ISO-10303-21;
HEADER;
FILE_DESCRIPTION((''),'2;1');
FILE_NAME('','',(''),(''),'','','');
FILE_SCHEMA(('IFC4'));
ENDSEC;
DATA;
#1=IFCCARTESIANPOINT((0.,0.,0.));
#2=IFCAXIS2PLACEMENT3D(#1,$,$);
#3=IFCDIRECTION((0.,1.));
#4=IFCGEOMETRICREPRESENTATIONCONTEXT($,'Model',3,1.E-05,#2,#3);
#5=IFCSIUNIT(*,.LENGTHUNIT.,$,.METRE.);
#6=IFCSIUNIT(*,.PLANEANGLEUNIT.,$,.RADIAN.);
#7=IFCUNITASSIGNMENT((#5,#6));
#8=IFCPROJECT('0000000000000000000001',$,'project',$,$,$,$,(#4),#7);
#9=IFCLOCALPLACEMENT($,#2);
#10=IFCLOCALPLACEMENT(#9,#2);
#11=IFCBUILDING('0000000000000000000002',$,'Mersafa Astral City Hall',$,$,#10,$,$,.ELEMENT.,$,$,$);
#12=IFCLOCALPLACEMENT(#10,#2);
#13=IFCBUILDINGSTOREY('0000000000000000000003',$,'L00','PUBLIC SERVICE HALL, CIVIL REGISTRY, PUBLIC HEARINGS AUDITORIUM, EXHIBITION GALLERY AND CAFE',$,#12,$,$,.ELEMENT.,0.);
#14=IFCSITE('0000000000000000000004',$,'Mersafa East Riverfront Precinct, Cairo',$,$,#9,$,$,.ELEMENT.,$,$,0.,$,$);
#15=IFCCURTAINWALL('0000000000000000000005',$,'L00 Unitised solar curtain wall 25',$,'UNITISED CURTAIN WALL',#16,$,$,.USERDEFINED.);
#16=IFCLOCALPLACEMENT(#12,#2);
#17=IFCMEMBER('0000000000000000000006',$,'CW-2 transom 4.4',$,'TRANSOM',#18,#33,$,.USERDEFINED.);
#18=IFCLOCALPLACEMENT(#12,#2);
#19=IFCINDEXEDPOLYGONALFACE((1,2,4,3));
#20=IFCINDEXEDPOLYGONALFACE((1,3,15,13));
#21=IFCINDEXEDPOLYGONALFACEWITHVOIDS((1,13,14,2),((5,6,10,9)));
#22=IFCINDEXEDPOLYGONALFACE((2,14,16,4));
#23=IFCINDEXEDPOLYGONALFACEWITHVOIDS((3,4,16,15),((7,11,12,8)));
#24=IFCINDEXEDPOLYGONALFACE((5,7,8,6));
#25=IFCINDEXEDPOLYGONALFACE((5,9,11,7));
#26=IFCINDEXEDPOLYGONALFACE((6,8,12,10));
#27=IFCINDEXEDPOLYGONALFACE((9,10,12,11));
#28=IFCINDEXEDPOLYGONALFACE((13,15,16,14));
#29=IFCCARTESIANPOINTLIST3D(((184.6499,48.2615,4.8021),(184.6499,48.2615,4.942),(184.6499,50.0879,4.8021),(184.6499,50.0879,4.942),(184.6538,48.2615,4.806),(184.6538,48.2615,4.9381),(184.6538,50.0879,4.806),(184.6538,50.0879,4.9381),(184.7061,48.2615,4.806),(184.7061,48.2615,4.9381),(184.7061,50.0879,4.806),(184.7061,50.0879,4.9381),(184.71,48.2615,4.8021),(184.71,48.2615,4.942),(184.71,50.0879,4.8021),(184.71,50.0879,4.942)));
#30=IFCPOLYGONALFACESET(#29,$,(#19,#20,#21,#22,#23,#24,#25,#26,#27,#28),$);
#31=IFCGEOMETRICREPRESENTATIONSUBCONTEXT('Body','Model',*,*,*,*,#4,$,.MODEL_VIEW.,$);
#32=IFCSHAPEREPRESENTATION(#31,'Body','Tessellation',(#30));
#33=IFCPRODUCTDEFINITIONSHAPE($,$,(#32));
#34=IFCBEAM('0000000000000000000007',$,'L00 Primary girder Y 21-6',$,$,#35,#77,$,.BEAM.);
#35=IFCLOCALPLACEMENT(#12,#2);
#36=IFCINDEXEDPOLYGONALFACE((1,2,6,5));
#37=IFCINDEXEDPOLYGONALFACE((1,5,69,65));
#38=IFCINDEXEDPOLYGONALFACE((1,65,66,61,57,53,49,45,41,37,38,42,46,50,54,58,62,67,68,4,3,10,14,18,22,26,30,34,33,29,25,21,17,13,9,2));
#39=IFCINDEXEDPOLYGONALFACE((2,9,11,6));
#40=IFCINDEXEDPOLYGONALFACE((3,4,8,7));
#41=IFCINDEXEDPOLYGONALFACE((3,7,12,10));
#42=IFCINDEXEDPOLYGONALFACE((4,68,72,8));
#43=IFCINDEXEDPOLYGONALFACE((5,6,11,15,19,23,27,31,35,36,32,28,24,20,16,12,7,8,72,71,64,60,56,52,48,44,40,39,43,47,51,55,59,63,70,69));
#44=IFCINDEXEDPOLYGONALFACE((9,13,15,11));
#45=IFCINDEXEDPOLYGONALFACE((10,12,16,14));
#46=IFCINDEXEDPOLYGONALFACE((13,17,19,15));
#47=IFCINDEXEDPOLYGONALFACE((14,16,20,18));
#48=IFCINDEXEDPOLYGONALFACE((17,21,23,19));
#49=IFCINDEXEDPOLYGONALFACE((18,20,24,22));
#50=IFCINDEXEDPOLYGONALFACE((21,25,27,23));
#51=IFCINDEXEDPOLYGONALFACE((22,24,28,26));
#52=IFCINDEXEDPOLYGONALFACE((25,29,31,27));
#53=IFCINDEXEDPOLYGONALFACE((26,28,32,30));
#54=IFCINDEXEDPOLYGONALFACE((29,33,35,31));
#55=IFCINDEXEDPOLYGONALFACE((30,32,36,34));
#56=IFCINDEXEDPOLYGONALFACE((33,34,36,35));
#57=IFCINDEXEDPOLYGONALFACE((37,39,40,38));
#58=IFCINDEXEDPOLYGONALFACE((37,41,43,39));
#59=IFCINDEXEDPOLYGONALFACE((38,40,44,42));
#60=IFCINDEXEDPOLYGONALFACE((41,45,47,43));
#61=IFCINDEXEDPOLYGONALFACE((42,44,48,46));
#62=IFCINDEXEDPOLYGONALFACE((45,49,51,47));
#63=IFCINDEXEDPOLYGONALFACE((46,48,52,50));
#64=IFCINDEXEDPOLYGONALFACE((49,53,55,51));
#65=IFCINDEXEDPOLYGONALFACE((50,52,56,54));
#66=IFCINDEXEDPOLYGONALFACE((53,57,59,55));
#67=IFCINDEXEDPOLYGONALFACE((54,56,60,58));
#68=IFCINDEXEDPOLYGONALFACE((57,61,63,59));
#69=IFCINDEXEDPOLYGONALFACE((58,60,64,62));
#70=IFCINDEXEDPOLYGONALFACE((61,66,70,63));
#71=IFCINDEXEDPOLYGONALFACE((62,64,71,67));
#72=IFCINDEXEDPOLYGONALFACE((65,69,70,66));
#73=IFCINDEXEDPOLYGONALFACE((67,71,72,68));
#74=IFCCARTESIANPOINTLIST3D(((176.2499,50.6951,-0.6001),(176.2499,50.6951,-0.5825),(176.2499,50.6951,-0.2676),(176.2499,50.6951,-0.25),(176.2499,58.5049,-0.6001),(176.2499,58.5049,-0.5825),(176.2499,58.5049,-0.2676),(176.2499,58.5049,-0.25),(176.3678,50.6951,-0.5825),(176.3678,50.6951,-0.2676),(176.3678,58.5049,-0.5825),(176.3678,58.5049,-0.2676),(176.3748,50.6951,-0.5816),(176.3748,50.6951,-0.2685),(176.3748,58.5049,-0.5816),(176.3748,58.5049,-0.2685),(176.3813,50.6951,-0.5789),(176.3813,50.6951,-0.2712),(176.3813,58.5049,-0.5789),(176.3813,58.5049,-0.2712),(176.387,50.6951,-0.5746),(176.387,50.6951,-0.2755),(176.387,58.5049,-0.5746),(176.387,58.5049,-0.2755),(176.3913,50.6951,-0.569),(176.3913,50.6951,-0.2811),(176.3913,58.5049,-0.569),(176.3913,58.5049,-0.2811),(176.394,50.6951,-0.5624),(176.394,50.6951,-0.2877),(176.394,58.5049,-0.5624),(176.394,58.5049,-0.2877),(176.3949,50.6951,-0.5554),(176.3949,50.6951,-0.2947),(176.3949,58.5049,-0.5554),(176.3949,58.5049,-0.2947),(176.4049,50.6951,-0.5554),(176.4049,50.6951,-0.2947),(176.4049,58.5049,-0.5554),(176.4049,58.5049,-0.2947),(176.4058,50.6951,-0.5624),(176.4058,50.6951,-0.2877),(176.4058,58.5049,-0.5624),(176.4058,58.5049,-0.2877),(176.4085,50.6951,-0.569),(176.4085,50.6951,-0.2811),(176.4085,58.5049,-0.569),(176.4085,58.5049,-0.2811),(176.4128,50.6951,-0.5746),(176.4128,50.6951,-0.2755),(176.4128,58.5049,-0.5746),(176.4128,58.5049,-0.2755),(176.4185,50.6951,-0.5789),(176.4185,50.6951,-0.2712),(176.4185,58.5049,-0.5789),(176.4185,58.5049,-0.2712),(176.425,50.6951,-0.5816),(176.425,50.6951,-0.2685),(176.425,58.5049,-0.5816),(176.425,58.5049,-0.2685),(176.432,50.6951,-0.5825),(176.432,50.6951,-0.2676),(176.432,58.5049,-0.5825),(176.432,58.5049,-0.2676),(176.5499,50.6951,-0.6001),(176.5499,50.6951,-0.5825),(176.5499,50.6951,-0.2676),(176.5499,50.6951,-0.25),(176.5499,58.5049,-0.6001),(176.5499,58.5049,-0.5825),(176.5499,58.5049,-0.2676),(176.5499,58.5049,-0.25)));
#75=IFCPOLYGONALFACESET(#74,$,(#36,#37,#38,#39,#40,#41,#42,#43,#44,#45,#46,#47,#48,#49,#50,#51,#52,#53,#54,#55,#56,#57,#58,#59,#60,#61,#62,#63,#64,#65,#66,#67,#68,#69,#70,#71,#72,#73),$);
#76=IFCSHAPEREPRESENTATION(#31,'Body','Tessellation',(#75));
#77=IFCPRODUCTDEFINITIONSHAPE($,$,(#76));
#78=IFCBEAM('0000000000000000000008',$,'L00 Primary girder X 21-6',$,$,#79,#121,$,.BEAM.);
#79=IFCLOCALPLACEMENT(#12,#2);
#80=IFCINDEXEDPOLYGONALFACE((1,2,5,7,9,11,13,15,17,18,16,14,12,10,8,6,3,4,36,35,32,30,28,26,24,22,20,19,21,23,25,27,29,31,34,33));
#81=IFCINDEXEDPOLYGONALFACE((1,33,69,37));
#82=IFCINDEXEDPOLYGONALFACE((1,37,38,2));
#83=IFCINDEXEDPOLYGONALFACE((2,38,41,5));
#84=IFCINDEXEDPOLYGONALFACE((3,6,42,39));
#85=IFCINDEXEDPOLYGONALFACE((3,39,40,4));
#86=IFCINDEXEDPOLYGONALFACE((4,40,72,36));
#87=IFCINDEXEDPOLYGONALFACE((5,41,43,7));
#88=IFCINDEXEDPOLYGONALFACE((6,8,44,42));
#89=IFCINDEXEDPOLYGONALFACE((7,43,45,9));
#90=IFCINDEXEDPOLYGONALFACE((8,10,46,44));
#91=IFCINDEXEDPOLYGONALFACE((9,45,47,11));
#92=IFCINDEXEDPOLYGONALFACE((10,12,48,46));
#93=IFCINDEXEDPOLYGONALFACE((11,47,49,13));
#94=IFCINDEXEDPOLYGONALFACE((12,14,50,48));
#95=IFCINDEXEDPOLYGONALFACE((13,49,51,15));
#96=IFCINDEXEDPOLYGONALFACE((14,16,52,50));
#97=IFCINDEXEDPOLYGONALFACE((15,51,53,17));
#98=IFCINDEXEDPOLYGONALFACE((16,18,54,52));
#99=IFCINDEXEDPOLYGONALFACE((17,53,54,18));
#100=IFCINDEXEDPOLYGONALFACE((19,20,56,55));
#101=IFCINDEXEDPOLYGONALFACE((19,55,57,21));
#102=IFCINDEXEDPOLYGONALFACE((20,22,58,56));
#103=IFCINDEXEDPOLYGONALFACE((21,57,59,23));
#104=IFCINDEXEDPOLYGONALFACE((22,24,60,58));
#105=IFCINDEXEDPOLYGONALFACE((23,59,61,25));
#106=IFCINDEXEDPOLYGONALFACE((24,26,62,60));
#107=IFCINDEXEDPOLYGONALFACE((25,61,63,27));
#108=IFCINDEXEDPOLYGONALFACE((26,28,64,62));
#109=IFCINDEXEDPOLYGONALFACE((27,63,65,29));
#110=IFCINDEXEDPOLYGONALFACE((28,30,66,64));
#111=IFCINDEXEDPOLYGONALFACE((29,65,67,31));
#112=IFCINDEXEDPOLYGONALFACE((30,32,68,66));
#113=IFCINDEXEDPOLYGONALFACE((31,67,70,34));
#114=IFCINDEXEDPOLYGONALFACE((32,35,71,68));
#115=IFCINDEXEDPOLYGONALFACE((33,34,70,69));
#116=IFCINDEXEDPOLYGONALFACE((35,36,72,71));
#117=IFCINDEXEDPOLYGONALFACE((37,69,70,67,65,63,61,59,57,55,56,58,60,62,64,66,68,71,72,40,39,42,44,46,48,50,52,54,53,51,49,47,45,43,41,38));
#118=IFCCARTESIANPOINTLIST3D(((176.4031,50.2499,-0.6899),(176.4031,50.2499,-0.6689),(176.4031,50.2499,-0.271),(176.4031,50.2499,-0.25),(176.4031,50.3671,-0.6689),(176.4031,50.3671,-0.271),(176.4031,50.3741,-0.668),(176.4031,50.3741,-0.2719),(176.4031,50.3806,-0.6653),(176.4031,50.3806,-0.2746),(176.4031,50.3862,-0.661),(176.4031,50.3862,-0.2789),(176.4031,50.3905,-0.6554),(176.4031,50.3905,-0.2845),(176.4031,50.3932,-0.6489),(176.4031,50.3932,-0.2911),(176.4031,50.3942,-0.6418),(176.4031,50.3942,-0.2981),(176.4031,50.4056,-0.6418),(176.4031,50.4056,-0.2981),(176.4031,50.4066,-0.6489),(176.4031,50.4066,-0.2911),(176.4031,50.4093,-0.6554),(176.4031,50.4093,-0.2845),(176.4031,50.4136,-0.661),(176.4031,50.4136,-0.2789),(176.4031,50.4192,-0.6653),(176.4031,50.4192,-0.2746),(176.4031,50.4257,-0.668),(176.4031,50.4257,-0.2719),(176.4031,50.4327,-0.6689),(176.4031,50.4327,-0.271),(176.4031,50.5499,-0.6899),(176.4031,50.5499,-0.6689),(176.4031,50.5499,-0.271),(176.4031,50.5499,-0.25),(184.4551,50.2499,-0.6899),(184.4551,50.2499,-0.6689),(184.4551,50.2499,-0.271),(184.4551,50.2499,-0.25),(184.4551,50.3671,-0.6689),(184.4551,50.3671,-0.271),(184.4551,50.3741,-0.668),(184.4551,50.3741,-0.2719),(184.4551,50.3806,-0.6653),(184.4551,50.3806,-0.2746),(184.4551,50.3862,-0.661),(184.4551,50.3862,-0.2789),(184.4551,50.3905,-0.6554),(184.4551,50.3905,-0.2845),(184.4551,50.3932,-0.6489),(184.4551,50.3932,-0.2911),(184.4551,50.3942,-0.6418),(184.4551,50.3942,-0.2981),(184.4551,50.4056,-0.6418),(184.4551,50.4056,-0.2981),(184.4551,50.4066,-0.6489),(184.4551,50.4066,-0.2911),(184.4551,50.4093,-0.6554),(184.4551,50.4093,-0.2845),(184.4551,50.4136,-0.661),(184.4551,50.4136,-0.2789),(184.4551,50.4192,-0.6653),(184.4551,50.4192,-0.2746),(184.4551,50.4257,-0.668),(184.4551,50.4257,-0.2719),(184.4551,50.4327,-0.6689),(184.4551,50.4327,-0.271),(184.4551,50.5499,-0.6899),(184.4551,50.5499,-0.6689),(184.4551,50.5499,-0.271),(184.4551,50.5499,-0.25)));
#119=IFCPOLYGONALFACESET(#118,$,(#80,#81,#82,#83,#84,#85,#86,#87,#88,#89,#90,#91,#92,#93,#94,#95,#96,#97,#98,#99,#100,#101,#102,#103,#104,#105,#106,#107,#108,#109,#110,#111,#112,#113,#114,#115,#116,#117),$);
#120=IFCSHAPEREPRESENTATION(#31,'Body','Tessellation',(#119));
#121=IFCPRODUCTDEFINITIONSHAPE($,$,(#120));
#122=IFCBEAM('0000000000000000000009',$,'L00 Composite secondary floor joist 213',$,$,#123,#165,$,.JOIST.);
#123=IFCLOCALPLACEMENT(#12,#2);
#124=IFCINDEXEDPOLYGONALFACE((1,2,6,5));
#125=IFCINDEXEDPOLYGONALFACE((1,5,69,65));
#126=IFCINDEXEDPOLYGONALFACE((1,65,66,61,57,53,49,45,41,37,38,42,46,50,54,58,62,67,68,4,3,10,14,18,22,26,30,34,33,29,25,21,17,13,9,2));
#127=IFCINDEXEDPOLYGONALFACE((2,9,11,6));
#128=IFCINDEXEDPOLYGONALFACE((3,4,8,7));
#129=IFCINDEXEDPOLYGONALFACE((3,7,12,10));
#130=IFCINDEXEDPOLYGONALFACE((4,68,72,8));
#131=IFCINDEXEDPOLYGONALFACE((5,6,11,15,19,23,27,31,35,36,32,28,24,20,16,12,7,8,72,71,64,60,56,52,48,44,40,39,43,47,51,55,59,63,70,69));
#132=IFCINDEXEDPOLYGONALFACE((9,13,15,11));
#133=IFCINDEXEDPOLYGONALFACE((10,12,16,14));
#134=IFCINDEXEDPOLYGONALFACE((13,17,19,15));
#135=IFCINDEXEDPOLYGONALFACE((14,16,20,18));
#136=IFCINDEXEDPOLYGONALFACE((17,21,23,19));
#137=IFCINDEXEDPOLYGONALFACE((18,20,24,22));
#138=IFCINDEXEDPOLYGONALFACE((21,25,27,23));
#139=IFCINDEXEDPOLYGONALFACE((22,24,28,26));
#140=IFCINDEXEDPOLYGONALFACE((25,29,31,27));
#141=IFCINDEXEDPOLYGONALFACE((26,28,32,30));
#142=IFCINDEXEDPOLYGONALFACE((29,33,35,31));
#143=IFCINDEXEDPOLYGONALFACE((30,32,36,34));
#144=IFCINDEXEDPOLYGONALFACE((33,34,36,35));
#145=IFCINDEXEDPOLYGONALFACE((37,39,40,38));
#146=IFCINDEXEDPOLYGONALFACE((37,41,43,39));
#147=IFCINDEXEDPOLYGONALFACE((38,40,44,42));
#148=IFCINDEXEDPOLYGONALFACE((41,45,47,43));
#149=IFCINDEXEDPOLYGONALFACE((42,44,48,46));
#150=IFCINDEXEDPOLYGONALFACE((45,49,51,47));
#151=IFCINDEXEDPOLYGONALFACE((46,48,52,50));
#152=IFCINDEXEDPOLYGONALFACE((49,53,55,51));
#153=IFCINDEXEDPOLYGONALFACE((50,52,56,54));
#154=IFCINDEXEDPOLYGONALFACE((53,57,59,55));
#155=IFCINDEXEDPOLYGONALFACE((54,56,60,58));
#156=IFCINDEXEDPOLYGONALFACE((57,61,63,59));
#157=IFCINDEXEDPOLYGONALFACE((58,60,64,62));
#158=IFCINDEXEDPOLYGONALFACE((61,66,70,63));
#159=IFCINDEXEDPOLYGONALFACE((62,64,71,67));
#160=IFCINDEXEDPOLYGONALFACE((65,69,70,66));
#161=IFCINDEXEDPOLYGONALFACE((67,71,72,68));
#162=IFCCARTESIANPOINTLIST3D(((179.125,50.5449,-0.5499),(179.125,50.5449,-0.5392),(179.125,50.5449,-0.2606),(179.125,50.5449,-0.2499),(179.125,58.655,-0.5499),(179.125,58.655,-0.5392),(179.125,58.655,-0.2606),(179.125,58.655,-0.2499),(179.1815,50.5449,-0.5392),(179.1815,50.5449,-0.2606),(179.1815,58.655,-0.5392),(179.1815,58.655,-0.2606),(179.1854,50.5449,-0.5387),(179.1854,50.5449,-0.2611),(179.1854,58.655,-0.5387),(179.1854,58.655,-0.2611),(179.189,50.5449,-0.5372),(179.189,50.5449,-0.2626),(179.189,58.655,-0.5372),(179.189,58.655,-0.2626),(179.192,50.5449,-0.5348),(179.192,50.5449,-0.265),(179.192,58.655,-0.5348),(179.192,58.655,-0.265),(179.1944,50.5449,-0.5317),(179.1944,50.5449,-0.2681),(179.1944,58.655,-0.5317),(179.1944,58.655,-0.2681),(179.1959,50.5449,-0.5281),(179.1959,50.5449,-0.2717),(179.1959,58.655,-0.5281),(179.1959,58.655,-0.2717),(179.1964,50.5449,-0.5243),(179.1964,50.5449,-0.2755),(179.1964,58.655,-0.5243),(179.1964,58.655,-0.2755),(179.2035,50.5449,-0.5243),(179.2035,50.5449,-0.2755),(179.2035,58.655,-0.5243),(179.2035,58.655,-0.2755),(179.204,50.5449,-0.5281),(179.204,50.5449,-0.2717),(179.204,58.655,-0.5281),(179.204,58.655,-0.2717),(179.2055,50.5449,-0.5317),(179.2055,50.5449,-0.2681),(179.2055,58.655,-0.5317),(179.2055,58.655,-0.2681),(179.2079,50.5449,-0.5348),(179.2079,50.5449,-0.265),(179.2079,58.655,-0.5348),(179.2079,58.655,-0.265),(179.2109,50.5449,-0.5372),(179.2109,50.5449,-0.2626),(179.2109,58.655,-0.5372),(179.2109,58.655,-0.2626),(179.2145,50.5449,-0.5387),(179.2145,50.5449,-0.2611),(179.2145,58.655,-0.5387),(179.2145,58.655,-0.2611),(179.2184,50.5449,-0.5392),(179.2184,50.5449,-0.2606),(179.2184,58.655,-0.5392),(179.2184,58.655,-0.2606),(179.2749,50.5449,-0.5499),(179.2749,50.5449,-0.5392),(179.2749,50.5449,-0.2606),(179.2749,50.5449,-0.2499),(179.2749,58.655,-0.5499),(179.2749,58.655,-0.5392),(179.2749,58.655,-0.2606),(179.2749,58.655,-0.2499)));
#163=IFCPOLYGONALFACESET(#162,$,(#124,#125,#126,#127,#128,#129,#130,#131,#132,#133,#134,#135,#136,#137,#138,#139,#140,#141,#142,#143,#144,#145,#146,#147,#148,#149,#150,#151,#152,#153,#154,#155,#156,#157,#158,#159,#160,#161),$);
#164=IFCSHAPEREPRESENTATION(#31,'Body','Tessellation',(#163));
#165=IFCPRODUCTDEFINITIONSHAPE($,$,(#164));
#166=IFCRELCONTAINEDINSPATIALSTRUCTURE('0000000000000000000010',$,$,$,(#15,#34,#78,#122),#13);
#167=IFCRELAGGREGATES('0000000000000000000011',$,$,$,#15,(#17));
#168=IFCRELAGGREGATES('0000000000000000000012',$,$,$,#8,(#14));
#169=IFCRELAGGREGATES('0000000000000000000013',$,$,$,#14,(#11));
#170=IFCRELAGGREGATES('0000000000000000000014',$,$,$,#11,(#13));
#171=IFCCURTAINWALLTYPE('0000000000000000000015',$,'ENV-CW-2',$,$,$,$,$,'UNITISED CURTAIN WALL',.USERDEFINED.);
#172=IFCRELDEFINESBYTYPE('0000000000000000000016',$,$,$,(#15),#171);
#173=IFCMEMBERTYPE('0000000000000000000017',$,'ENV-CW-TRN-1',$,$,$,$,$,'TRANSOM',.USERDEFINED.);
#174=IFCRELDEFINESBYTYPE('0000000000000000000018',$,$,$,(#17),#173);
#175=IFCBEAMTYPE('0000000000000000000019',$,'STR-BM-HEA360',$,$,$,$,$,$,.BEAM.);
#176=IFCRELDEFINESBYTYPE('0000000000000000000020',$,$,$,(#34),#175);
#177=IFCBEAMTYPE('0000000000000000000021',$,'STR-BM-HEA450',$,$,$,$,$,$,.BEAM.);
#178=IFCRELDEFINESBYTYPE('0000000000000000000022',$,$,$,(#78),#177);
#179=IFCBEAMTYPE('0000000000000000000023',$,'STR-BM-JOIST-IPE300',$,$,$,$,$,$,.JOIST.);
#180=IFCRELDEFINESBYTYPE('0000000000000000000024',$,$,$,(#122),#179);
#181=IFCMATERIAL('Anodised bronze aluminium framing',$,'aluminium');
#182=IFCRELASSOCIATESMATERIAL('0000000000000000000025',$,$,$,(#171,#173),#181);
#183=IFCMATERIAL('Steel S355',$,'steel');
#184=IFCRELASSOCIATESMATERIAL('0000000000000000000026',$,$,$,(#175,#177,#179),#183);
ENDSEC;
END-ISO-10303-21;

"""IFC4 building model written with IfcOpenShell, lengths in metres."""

from ifc_helpers import new_model, si_unit, direction, frame, origin, origin_2d, place, context, subcontext, project, spatial, hollow_rectangle, i_section, extrude, material, material_profile, profile_set, type_object, element, aggregate, save


model = new_model("IFC4")

# Units and contexts
model_context = context("Model", 3, precision=1e-05, world=origin(), true_north=direction((0.0, 1.0)))
body_context = subcontext(model_context, "Body", "Model", "MODEL_VIEW")
ifc_project = project(units=[si_unit("LENGTHUNIT", "METRE"), si_unit("PLANEANGLEUNIT", "RADIAN")], contexts=[model_context])

# Site, building, storey
site_placement = place(None, origin())
site = spatial("IfcSite", under=ifc_project, at=site_placement, Name="Mersafa East Riverfront Precinct, Cairo", CompositionType="ELEMENT", RefElevation=0.0)
building_placement = place(site_placement, origin())
building = spatial("IfcBuilding", under=site, at=building_placement, Name="Mersafa Astral City Hall", CompositionType="ELEMENT")
storey_placement = place(building_placement, origin())
storey = spatial("IfcBuildingStorey", under=building, at=storey_placement, Name="L00", Description="PUBLIC SERVICE HALL, CIVIL REGISTRY, PUBLIC HEARINGS AUDITORIUM, EXHIBITION GALLERY AND CAFE", CompositionType="ELEMENT", Elevation=0.0)

# Shared definitions
ifc_material_1 = material(Name="Steel S355", Category="steel")

# Curtain wall, member
ifc_material_2 = material(Name="Anodised bronze aluminium framing", Category="aluminium")
curtain_wall_type = type_object("IfcCurtainWallType", Name="ENV-CW-2", ElementType="UNITISED CURTAIN WALL", PredefinedType="USERDEFINED", material=ifc_material_2)
curtain_wall_placement = place(storey_placement, origin())
curtain_wall = element("IfcCurtainWall", 1, at=curtain_wall_placement, inside=storey, type_object=curtain_wall_type, Name="L00 Unitised solar curtain wall 25", ObjectType="UNITISED CURTAIN WALL", PredefinedType="USERDEFINED")
ifc_material_profile_1 = material_profile(ifc_material_2, hollow_rectangle(XDim=0.0601, YDim=0.1399, WallThickness=0.0039, at=origin_2d()), Name="RHS 60x140x4")
ifc_profile_set_1 = profile_set([ifc_material_profile_1], Name="Anodised bronze aluminium framing")
member_type_1 = type_object("IfcMemberType", Name="ENV-CW-TRN-1", ElementType="TRANSOM", PredefinedType="USERDEFINED", material=ifc_profile_set_1)
member_1_placement = place(storey_placement, frame((184.6799, 48.2615, 4.8721), z_axis=(0.0, 1.0, 0.0), x_axis=(-1.0, 0.0, 0.0)))
member_1 = element("IfcMember", 2, at=member_1_placement, type_object=member_type_1, Name="CW-2 transom 4.4", ObjectType="TRANSOM", PredefinedType="USERDEFINED", context=body_context, shape_type="SweptSolid", body=[
    extrude(hollow_rectangle(XDim=0.0601, YDim=0.1399, WallThickness=0.0039, at=origin_2d()), origin(), (0.0, 0.0, 1.0), 1.8264),
])

# Beams
ifc_material_profile_2 = material_profile(ifc_material_1, i_section(OverallWidth=0.3, OverallDepth=0.3501, WebThickness=0.01, FlangeThickness=0.0176, FilletRadius=0.0271, at=origin_2d()), Name="HEA 360")
ifc_profile_set_2 = profile_set([ifc_material_profile_2], Name="Steel S355")
beam_type_1 = type_object("IfcBeamType", Name="STR-BM-HEA360", PredefinedType="BEAM", material=ifc_profile_set_2)
beam_1_placement = place(storey_placement, frame((176.3999, 50.6951, -0.425), z_axis=(0.0, 1.0, 0.0), x_axis=(-1.0, 0.0, 0.0)))
element("IfcBeam", 3, at=beam_1_placement, inside=storey, type_object=beam_type_1, Name="L00 Primary girder Y 21-6", PredefinedType="BEAM", context=body_context, shape_type="SweptSolid", body=[
    extrude(i_section(OverallWidth=0.3, OverallDepth=0.3501, WebThickness=0.01, FlangeThickness=0.0176, FilletRadius=0.0271, at=origin_2d()), origin(), (0.0, 0.0, 1.0), 7.8098),
])
ifc_material_profile_3 = material_profile(ifc_material_1, i_section(OverallWidth=0.3, OverallDepth=0.4399, WebThickness=0.0115, FlangeThickness=0.021, FilletRadius=0.0271, at=origin_2d()), Name="HEA 450")
ifc_profile_set_3 = profile_set([ifc_material_profile_3], Name="Steel S355")
beam_type_2 = type_object("IfcBeamType", Name="STR-BM-HEA450", PredefinedType="BEAM", material=ifc_profile_set_3)
beam_2_placement = place(storey_placement, frame((176.4031, 50.3999, -0.47), z_axis=(1.0, 0.0, 0.0), x_axis=(0.0, 1.0, 0.0)))
element("IfcBeam", 4, at=beam_2_placement, inside=storey, type_object=beam_type_2, Name="L00 Primary girder X 21-6", PredefinedType="BEAM", context=body_context, shape_type="SweptSolid", body=[
    extrude(i_section(OverallWidth=0.3, OverallDepth=0.4399, WebThickness=0.0115, FlangeThickness=0.021, FilletRadius=0.0271, at=origin_2d()), origin(), (0.0, 0.0, 1.0), 8.052),
])
ifc_material_profile_4 = material_profile(ifc_material_1, i_section(OverallWidth=0.1499, OverallDepth=0.3, WebThickness=0.0071, FlangeThickness=0.0107, FilletRadius=0.0149, at=origin_2d()), Name="IPE 300")
ifc_profile_set_4 = profile_set([ifc_material_profile_4], Name="Steel S355")
beam_type_3 = type_object("IfcBeamType", Name="STR-BM-JOIST-IPE300", PredefinedType="JOIST", material=ifc_profile_set_4)
for number, where, z_axis, x_axis, name in (
    (5, (179.2, 50.5449, -0.3999), (0.0, 1.0, 0.0), (-1.0, 0.0, 0.0), "L00 Composite secondary floor joist 213"),
):
    element("IfcBeam", number, at=place(storey_placement, frame(where, z_axis=z_axis, x_axis=x_axis)), inside=storey, type_object=beam_type_3, Name=name, PredefinedType="JOIST", context=body_context, shape_type="SweptSolid", body=[
        extrude(i_section(OverallWidth=0.1499, OverallDepth=0.3, WebThickness=0.0071, FlangeThickness=0.0107, FilletRadius=0.0149, at=origin_2d()), origin(), (0.0, 0.0, 1.0), 8.1101),
    ])

aggregate(curtain_wall, [member_1])

save(model, "model.ifc")
